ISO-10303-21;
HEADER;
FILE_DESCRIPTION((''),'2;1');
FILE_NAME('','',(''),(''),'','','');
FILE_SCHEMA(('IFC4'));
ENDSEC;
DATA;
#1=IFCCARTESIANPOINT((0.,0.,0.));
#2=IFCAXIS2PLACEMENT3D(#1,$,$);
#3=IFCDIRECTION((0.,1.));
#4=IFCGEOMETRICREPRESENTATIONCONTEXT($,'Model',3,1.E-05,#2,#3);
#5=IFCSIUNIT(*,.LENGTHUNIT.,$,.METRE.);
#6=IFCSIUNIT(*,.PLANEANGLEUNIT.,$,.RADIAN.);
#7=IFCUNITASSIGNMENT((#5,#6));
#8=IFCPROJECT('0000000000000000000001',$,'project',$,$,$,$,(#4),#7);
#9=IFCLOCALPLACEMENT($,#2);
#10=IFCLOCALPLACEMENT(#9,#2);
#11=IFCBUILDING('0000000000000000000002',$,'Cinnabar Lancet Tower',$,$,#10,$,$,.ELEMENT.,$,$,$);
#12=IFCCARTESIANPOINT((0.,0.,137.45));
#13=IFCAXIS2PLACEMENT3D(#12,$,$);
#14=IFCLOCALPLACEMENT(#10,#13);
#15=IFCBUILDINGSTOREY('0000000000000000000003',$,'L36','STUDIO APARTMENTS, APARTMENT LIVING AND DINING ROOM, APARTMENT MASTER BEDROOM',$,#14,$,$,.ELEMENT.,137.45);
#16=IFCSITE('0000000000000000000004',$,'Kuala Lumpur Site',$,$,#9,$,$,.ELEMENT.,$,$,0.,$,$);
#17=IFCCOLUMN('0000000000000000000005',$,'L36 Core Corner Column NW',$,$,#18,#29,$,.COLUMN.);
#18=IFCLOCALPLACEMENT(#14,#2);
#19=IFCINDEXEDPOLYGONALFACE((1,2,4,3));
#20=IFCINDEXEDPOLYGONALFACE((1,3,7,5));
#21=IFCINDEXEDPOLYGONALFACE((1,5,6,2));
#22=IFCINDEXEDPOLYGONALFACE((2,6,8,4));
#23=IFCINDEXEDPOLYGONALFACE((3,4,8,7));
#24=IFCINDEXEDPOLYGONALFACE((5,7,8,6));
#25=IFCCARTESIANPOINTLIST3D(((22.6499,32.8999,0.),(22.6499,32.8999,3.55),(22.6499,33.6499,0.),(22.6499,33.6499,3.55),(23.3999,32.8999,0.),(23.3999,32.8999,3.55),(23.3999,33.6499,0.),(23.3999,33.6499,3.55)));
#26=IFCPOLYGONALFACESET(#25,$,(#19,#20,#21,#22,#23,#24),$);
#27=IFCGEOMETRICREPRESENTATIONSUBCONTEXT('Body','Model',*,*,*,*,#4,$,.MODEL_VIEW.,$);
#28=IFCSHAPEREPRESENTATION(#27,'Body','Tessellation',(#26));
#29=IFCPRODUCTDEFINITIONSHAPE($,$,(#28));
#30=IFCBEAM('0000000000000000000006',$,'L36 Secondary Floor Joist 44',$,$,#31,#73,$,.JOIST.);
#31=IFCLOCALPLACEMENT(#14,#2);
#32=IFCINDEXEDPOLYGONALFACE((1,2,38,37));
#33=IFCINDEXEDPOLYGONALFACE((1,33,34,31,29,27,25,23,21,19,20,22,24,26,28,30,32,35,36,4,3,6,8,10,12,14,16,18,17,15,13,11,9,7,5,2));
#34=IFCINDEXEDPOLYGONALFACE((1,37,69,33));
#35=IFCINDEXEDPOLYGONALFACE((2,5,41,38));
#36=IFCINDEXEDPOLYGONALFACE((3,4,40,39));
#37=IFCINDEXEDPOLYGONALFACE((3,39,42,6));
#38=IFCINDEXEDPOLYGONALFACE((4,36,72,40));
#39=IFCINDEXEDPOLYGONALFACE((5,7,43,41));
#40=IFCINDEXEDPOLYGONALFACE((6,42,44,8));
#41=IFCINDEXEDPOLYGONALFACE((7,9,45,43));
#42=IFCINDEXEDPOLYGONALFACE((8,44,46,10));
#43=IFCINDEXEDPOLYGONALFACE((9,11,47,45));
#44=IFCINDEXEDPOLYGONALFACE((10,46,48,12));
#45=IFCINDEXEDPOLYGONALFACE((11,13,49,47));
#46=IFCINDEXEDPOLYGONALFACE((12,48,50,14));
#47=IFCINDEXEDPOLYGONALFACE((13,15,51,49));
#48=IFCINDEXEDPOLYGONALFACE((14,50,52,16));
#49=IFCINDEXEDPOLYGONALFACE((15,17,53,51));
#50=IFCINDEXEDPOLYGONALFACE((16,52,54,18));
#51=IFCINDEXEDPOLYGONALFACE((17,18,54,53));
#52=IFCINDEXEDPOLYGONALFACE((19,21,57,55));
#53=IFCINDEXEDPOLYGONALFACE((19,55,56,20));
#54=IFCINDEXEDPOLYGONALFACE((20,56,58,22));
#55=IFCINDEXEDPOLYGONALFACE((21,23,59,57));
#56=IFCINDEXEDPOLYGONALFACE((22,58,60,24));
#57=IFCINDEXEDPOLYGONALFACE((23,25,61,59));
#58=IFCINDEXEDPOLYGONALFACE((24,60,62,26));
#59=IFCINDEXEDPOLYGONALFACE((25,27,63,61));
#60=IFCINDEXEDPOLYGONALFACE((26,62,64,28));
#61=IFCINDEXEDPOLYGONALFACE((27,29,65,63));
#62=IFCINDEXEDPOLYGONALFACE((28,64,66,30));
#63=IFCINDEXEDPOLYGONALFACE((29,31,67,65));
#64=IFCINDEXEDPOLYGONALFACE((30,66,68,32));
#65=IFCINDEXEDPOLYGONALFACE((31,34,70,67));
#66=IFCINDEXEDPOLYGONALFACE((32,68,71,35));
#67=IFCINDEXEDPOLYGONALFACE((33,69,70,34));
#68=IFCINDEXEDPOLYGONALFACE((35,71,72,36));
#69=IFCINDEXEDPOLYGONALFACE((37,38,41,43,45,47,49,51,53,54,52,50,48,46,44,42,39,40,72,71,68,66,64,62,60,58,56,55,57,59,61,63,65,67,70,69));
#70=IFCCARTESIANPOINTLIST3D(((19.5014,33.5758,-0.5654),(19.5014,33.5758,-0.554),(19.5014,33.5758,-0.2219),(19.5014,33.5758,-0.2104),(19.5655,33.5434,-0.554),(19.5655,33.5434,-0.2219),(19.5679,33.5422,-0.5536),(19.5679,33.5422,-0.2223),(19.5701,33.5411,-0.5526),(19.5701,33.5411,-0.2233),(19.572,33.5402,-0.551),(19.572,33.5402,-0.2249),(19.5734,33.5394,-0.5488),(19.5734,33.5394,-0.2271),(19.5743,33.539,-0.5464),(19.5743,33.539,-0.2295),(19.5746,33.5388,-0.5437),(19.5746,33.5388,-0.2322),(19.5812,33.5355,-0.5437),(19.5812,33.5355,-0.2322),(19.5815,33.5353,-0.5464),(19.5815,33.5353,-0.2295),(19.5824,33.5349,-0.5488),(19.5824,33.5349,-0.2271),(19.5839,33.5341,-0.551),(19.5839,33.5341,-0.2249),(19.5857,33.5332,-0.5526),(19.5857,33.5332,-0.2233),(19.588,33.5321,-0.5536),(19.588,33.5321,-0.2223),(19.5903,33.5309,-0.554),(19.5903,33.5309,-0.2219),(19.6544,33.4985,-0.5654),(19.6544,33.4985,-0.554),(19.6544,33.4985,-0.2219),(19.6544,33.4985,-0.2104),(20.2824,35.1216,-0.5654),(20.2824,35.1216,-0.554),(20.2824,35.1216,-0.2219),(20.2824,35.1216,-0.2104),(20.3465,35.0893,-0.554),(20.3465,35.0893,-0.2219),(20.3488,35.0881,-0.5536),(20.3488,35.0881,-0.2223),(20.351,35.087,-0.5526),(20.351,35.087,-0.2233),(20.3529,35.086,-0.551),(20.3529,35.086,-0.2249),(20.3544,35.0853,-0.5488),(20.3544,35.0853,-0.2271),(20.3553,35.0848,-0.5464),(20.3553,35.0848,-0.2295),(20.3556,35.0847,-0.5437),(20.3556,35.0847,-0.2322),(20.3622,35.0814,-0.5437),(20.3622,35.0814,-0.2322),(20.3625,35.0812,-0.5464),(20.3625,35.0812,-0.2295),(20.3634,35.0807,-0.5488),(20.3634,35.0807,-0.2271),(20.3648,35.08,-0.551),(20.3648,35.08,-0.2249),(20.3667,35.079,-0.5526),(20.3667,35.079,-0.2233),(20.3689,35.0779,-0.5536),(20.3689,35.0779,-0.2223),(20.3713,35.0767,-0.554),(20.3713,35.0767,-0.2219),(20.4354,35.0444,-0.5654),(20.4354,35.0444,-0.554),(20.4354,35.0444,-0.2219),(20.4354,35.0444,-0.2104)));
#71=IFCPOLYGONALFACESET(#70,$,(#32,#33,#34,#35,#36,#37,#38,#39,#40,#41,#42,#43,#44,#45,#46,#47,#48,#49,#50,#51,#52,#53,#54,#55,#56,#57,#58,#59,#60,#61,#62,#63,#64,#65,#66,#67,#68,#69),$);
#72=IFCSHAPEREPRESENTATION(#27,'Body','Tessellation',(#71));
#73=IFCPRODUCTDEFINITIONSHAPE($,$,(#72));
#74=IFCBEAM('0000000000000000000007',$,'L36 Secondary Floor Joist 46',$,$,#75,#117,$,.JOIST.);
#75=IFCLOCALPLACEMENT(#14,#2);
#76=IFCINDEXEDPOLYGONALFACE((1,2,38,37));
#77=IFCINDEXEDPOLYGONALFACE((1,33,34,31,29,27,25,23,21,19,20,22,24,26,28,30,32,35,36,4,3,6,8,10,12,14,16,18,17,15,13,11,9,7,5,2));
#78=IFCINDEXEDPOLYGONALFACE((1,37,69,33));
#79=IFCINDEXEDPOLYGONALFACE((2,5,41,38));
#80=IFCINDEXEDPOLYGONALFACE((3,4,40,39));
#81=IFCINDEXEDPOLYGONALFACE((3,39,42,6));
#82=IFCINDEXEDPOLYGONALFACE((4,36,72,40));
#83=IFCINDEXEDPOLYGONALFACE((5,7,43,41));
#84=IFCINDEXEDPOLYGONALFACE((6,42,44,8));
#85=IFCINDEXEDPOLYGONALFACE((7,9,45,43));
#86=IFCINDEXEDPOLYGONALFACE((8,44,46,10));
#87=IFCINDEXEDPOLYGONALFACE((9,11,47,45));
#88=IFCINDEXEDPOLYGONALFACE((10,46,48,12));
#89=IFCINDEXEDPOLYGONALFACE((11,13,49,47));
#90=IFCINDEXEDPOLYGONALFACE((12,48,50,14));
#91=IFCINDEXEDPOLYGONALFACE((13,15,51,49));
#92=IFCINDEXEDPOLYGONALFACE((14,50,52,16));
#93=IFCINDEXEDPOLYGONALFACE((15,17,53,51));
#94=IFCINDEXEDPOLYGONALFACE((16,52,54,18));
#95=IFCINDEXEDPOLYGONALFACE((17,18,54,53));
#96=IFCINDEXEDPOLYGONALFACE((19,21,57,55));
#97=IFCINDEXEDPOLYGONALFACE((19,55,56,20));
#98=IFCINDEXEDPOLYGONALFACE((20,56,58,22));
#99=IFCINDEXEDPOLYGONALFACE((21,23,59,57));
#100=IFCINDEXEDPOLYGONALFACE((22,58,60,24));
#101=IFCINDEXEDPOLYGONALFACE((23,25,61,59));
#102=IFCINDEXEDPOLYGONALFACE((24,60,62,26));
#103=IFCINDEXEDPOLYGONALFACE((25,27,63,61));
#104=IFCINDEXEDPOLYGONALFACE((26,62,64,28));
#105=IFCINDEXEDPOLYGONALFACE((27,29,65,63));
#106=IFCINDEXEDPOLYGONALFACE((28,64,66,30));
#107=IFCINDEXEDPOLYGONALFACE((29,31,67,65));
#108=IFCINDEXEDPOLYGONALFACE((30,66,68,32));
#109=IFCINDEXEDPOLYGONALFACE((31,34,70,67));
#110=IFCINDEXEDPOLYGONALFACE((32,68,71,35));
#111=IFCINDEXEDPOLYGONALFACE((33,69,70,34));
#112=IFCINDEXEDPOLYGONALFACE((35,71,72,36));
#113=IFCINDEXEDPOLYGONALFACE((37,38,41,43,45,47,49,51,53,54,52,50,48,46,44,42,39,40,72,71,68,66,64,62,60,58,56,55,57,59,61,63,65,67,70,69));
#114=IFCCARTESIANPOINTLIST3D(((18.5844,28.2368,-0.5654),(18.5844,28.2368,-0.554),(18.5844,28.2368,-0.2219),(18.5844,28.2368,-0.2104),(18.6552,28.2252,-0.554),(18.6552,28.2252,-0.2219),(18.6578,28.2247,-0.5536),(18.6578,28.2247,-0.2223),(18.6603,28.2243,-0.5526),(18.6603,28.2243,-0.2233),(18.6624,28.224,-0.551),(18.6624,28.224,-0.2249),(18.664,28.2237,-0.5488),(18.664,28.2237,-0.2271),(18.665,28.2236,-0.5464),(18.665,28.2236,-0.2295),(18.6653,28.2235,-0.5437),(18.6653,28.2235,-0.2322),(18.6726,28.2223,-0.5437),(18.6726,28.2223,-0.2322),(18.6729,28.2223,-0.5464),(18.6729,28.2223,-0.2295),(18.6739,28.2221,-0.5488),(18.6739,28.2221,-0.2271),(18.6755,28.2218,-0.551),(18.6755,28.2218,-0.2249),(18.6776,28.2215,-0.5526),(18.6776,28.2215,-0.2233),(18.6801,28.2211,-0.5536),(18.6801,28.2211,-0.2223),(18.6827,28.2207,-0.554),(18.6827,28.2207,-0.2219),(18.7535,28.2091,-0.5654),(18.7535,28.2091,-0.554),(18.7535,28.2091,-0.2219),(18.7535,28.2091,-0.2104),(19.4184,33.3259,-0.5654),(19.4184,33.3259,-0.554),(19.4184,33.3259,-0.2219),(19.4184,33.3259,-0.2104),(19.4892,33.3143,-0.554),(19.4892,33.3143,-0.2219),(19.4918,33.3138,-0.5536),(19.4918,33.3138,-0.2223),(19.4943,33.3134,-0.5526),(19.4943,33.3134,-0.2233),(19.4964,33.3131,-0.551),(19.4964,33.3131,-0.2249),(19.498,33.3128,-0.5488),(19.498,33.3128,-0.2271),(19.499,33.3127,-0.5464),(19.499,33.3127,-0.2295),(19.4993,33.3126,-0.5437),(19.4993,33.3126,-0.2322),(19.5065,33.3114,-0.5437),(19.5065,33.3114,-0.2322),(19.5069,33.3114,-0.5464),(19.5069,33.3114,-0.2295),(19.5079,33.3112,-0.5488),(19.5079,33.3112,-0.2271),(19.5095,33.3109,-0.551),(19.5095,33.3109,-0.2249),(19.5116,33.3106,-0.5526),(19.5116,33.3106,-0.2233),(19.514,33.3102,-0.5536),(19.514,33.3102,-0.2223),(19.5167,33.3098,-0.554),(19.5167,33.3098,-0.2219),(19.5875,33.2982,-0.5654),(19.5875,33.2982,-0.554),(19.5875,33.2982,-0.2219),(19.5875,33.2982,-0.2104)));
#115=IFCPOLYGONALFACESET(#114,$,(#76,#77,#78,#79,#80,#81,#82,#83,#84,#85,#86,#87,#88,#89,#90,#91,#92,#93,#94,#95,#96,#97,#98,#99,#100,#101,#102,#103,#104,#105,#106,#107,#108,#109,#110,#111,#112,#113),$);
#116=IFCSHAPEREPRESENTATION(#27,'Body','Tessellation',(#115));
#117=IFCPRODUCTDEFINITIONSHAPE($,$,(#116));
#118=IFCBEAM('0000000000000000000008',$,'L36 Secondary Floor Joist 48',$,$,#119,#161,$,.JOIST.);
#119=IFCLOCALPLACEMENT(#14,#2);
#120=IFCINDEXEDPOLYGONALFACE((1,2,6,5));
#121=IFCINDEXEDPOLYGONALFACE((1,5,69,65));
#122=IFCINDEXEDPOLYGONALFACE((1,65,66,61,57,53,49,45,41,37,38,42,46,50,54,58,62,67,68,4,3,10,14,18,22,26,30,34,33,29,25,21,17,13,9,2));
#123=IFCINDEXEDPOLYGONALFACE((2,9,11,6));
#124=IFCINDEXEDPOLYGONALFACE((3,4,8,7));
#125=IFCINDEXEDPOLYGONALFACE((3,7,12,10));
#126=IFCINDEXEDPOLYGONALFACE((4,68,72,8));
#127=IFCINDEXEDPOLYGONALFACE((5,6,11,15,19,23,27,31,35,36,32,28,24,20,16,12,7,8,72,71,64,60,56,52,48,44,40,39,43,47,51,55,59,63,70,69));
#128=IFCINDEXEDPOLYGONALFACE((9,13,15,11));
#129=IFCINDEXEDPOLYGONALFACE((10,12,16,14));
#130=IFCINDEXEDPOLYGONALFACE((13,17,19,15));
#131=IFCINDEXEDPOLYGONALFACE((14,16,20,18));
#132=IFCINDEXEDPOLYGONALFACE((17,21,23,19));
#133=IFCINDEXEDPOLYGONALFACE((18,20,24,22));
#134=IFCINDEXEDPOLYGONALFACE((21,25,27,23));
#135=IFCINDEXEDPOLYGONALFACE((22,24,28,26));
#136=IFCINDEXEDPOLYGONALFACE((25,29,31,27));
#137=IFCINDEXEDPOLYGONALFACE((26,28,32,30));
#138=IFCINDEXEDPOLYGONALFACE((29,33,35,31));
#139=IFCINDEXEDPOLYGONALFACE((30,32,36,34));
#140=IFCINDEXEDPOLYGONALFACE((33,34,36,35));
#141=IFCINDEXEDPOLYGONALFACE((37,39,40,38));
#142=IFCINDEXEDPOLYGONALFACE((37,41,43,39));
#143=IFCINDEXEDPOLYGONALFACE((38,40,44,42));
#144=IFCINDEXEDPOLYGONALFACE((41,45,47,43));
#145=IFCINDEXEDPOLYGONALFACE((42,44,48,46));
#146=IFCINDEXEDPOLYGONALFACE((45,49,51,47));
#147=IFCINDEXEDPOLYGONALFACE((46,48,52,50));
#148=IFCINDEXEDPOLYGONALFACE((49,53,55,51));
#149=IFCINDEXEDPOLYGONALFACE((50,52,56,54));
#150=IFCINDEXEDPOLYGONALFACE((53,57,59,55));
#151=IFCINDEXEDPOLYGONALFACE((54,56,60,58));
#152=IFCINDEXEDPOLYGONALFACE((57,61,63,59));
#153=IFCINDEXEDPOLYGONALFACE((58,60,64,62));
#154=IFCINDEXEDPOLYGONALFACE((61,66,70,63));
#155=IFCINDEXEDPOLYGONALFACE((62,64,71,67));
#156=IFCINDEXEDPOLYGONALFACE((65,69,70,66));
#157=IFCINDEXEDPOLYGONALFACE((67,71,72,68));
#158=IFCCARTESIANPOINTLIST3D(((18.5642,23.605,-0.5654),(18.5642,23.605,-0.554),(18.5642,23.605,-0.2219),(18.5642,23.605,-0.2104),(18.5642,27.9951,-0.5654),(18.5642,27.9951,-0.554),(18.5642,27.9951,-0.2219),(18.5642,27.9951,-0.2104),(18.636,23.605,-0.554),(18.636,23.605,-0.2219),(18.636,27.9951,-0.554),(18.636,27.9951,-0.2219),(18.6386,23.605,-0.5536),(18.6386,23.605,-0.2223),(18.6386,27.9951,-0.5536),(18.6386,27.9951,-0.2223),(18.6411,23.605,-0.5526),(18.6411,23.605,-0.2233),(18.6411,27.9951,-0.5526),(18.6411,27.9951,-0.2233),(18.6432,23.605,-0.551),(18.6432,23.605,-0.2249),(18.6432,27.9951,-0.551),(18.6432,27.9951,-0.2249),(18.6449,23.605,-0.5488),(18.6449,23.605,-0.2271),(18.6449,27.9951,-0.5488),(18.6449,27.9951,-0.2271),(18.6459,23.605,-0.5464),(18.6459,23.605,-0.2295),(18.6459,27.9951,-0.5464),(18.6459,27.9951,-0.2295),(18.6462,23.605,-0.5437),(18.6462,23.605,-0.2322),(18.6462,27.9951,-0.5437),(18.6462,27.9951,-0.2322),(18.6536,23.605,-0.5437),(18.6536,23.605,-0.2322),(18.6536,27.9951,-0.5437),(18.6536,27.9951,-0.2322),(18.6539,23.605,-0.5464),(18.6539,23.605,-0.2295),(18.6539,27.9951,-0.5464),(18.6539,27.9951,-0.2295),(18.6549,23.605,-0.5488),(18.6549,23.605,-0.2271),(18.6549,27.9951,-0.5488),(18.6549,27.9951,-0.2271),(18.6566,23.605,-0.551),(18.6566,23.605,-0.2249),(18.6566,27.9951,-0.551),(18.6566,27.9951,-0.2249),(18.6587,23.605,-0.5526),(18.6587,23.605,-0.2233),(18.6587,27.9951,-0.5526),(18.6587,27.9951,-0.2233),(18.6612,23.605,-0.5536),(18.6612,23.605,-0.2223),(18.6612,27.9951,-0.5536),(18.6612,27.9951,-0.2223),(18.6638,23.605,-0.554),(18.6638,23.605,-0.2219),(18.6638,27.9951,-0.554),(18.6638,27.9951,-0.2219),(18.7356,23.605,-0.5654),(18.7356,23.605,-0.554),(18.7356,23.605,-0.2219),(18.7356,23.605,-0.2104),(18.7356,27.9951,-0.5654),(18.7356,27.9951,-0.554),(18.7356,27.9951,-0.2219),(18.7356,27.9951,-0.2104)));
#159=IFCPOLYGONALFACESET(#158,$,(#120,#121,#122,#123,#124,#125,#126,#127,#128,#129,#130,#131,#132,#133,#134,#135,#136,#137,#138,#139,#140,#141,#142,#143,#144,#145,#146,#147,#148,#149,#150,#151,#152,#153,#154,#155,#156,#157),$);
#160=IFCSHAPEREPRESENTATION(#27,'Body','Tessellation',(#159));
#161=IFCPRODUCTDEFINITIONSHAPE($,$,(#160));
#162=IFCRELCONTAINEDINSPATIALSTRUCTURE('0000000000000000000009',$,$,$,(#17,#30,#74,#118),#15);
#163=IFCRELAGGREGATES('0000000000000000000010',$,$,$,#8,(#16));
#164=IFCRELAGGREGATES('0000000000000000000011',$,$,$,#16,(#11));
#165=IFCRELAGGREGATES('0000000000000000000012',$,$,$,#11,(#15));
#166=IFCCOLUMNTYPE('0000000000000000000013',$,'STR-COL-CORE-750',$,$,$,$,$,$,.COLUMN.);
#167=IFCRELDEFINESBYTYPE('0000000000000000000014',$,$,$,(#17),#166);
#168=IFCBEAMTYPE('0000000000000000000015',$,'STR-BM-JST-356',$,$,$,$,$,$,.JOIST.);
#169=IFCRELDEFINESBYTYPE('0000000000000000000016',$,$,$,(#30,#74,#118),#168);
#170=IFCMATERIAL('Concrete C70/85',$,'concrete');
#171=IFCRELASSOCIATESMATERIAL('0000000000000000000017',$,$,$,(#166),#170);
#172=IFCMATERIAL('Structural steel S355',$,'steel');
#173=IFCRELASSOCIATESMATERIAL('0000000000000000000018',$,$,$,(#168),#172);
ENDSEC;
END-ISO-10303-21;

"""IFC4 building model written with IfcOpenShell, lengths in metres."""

from ifc_helpers import new_model, si_unit, direction, frame, origin, origin_2d, place, context, subcontext, project, spatial, rectangle, i_section, extrude, material, material_profile, profile_set, type_object, element, save


model = new_model("IFC4")

# Units and contexts
model_context = context("Model", 3, precision=1e-05, world=origin(), true_north=direction((0.0, 1.0)))
body_context = subcontext(model_context, "Body", "Model", "MODEL_VIEW")
ifc_project = project(units=[si_unit("LENGTHUNIT", "METRE"), si_unit("PLANEANGLEUNIT", "RADIAN")], contexts=[model_context])

# Site, building, storey
site_placement = place(None, origin())
site = spatial("IfcSite", under=ifc_project, at=site_placement, Name="Kuala Lumpur Site", CompositionType="ELEMENT", RefElevation=0.0)
building_placement = place(site_placement, origin())
building = spatial("IfcBuilding", under=site, at=building_placement, Name="Cinnabar Lancet Tower", CompositionType="ELEMENT")
storey_placement = place(building_placement, frame((0.0, 0.0, 137.45)))
storey = spatial("IfcBuildingStorey", under=building, at=storey_placement, Name="L36", Description="STUDIO APARTMENTS, APARTMENT LIVING AND DINING ROOM, APARTMENT MASTER BEDROOM", CompositionType="ELEMENT", Elevation=137.45)

# Column
ifc_material_1 = material(Name="Concrete C70/85", Category="concrete")
ifc_material_profile_1 = material_profile(ifc_material_1, rectangle(XDim=0.75, YDim=0.75, at=origin_2d()), Name="RC-COL 750x750")
ifc_profile_set_1 = profile_set([ifc_material_profile_1], Name="Concrete C70/85")
column_type = type_object("IfcColumnType", Name="STR-COL-CORE-750", PredefinedType="COLUMN", material=ifc_profile_set_1)
column_placement = place(storey_placement, frame((23.0249, 33.2749, 0.0), z_axis=(0.0, 0.0, 1.0), x_axis=(1.0, 0.0, 0.0)))
element("IfcColumn", 1, at=column_placement, inside=storey, type_object=column_type, Name="L36 Core Corner Column NW", PredefinedType="COLUMN", context=body_context, shape_type="SweptSolid", body=[
    extrude(rectangle(XDim=0.75, YDim=0.75, at=origin_2d()), origin(), (0.0, 0.0, 1.0), 3.55),
])

# Beams
ifc_material_2 = material(Name="Structural steel S355", Category="steel")
ifc_material_profile_2 = material_profile(ifc_material_2, i_section(OverallWidth=0.1714, OverallDepth=0.355, WebThickness=0.0073, FlangeThickness=0.0115, FilletRadius=0.0103, at=origin_2d()), Name="UKB 356x171x51")
ifc_profile_set_2 = profile_set([ifc_material_profile_2], Name="Structural steel S355")
beam_type_1 = type_object("IfcBeamType", Name="STR-BM-JST-356", PredefinedType="JOIST", material=ifc_profile_set_2)
beam_1_placement = place(storey_placement, frame((20.3589, 35.083, -0.3879), z_axis=(-0.450931, -0.892559, 0.0), x_axis=(0.892559, -0.450931, 0.0)))
element("IfcBeam", 2, at=beam_1_placement, inside=storey, type_object=beam_type_1, Name="L36 Secondary Floor Joist 44", PredefinedType="JOIST", context=body_context, shape_type="SweptSolid", body=[
    extrude(i_section(OverallWidth=0.1714, OverallDepth=0.355, WebThickness=0.0073, FlangeThickness=0.0115, FilletRadius=0.0103, at=origin_2d()), origin(), (0.0, 0.0, 1.0), 1.7319),
])
beam_2_placement = place(storey_placement, frame((19.5029, 33.312, -0.3879), z_axis=(-0.161719, -0.986837, 0.0), x_axis=(0.986837, -0.161719, 0.0)))
element("IfcBeam", 3, at=beam_2_placement, inside=storey, type_object=beam_type_1, Name="L36 Secondary Floor Joist 46", PredefinedType="JOIST", context=body_context, shape_type="SweptSolid", body=[
    extrude(i_section(OverallWidth=0.1714, OverallDepth=0.355, WebThickness=0.0073, FlangeThickness=0.0115, FilletRadius=0.0103, at=origin_2d()), origin(), (0.0, 0.0, 1.0), 5.157),
])
beam_3_placement = place(storey_placement, frame((18.6499, 27.9951, -0.3879), z_axis=(0.0, -1.0, 0.0), x_axis=(1.0, 0.0, 0.0)))
element("IfcBeam", 4, at=beam_3_placement, inside=storey, type_object=beam_type_1, Name="L36 Secondary Floor Joist 48", PredefinedType="JOIST", context=body_context, shape_type="SweptSolid", body=[
    extrude(i_section(OverallWidth=0.1714, OverallDepth=0.355, WebThickness=0.0073, FlangeThickness=0.0115, FilletRadius=0.0103, at=origin_2d()), origin(), (0.0, 0.0, 1.0), 4.3901),
])

save(model, "model.ifc")
